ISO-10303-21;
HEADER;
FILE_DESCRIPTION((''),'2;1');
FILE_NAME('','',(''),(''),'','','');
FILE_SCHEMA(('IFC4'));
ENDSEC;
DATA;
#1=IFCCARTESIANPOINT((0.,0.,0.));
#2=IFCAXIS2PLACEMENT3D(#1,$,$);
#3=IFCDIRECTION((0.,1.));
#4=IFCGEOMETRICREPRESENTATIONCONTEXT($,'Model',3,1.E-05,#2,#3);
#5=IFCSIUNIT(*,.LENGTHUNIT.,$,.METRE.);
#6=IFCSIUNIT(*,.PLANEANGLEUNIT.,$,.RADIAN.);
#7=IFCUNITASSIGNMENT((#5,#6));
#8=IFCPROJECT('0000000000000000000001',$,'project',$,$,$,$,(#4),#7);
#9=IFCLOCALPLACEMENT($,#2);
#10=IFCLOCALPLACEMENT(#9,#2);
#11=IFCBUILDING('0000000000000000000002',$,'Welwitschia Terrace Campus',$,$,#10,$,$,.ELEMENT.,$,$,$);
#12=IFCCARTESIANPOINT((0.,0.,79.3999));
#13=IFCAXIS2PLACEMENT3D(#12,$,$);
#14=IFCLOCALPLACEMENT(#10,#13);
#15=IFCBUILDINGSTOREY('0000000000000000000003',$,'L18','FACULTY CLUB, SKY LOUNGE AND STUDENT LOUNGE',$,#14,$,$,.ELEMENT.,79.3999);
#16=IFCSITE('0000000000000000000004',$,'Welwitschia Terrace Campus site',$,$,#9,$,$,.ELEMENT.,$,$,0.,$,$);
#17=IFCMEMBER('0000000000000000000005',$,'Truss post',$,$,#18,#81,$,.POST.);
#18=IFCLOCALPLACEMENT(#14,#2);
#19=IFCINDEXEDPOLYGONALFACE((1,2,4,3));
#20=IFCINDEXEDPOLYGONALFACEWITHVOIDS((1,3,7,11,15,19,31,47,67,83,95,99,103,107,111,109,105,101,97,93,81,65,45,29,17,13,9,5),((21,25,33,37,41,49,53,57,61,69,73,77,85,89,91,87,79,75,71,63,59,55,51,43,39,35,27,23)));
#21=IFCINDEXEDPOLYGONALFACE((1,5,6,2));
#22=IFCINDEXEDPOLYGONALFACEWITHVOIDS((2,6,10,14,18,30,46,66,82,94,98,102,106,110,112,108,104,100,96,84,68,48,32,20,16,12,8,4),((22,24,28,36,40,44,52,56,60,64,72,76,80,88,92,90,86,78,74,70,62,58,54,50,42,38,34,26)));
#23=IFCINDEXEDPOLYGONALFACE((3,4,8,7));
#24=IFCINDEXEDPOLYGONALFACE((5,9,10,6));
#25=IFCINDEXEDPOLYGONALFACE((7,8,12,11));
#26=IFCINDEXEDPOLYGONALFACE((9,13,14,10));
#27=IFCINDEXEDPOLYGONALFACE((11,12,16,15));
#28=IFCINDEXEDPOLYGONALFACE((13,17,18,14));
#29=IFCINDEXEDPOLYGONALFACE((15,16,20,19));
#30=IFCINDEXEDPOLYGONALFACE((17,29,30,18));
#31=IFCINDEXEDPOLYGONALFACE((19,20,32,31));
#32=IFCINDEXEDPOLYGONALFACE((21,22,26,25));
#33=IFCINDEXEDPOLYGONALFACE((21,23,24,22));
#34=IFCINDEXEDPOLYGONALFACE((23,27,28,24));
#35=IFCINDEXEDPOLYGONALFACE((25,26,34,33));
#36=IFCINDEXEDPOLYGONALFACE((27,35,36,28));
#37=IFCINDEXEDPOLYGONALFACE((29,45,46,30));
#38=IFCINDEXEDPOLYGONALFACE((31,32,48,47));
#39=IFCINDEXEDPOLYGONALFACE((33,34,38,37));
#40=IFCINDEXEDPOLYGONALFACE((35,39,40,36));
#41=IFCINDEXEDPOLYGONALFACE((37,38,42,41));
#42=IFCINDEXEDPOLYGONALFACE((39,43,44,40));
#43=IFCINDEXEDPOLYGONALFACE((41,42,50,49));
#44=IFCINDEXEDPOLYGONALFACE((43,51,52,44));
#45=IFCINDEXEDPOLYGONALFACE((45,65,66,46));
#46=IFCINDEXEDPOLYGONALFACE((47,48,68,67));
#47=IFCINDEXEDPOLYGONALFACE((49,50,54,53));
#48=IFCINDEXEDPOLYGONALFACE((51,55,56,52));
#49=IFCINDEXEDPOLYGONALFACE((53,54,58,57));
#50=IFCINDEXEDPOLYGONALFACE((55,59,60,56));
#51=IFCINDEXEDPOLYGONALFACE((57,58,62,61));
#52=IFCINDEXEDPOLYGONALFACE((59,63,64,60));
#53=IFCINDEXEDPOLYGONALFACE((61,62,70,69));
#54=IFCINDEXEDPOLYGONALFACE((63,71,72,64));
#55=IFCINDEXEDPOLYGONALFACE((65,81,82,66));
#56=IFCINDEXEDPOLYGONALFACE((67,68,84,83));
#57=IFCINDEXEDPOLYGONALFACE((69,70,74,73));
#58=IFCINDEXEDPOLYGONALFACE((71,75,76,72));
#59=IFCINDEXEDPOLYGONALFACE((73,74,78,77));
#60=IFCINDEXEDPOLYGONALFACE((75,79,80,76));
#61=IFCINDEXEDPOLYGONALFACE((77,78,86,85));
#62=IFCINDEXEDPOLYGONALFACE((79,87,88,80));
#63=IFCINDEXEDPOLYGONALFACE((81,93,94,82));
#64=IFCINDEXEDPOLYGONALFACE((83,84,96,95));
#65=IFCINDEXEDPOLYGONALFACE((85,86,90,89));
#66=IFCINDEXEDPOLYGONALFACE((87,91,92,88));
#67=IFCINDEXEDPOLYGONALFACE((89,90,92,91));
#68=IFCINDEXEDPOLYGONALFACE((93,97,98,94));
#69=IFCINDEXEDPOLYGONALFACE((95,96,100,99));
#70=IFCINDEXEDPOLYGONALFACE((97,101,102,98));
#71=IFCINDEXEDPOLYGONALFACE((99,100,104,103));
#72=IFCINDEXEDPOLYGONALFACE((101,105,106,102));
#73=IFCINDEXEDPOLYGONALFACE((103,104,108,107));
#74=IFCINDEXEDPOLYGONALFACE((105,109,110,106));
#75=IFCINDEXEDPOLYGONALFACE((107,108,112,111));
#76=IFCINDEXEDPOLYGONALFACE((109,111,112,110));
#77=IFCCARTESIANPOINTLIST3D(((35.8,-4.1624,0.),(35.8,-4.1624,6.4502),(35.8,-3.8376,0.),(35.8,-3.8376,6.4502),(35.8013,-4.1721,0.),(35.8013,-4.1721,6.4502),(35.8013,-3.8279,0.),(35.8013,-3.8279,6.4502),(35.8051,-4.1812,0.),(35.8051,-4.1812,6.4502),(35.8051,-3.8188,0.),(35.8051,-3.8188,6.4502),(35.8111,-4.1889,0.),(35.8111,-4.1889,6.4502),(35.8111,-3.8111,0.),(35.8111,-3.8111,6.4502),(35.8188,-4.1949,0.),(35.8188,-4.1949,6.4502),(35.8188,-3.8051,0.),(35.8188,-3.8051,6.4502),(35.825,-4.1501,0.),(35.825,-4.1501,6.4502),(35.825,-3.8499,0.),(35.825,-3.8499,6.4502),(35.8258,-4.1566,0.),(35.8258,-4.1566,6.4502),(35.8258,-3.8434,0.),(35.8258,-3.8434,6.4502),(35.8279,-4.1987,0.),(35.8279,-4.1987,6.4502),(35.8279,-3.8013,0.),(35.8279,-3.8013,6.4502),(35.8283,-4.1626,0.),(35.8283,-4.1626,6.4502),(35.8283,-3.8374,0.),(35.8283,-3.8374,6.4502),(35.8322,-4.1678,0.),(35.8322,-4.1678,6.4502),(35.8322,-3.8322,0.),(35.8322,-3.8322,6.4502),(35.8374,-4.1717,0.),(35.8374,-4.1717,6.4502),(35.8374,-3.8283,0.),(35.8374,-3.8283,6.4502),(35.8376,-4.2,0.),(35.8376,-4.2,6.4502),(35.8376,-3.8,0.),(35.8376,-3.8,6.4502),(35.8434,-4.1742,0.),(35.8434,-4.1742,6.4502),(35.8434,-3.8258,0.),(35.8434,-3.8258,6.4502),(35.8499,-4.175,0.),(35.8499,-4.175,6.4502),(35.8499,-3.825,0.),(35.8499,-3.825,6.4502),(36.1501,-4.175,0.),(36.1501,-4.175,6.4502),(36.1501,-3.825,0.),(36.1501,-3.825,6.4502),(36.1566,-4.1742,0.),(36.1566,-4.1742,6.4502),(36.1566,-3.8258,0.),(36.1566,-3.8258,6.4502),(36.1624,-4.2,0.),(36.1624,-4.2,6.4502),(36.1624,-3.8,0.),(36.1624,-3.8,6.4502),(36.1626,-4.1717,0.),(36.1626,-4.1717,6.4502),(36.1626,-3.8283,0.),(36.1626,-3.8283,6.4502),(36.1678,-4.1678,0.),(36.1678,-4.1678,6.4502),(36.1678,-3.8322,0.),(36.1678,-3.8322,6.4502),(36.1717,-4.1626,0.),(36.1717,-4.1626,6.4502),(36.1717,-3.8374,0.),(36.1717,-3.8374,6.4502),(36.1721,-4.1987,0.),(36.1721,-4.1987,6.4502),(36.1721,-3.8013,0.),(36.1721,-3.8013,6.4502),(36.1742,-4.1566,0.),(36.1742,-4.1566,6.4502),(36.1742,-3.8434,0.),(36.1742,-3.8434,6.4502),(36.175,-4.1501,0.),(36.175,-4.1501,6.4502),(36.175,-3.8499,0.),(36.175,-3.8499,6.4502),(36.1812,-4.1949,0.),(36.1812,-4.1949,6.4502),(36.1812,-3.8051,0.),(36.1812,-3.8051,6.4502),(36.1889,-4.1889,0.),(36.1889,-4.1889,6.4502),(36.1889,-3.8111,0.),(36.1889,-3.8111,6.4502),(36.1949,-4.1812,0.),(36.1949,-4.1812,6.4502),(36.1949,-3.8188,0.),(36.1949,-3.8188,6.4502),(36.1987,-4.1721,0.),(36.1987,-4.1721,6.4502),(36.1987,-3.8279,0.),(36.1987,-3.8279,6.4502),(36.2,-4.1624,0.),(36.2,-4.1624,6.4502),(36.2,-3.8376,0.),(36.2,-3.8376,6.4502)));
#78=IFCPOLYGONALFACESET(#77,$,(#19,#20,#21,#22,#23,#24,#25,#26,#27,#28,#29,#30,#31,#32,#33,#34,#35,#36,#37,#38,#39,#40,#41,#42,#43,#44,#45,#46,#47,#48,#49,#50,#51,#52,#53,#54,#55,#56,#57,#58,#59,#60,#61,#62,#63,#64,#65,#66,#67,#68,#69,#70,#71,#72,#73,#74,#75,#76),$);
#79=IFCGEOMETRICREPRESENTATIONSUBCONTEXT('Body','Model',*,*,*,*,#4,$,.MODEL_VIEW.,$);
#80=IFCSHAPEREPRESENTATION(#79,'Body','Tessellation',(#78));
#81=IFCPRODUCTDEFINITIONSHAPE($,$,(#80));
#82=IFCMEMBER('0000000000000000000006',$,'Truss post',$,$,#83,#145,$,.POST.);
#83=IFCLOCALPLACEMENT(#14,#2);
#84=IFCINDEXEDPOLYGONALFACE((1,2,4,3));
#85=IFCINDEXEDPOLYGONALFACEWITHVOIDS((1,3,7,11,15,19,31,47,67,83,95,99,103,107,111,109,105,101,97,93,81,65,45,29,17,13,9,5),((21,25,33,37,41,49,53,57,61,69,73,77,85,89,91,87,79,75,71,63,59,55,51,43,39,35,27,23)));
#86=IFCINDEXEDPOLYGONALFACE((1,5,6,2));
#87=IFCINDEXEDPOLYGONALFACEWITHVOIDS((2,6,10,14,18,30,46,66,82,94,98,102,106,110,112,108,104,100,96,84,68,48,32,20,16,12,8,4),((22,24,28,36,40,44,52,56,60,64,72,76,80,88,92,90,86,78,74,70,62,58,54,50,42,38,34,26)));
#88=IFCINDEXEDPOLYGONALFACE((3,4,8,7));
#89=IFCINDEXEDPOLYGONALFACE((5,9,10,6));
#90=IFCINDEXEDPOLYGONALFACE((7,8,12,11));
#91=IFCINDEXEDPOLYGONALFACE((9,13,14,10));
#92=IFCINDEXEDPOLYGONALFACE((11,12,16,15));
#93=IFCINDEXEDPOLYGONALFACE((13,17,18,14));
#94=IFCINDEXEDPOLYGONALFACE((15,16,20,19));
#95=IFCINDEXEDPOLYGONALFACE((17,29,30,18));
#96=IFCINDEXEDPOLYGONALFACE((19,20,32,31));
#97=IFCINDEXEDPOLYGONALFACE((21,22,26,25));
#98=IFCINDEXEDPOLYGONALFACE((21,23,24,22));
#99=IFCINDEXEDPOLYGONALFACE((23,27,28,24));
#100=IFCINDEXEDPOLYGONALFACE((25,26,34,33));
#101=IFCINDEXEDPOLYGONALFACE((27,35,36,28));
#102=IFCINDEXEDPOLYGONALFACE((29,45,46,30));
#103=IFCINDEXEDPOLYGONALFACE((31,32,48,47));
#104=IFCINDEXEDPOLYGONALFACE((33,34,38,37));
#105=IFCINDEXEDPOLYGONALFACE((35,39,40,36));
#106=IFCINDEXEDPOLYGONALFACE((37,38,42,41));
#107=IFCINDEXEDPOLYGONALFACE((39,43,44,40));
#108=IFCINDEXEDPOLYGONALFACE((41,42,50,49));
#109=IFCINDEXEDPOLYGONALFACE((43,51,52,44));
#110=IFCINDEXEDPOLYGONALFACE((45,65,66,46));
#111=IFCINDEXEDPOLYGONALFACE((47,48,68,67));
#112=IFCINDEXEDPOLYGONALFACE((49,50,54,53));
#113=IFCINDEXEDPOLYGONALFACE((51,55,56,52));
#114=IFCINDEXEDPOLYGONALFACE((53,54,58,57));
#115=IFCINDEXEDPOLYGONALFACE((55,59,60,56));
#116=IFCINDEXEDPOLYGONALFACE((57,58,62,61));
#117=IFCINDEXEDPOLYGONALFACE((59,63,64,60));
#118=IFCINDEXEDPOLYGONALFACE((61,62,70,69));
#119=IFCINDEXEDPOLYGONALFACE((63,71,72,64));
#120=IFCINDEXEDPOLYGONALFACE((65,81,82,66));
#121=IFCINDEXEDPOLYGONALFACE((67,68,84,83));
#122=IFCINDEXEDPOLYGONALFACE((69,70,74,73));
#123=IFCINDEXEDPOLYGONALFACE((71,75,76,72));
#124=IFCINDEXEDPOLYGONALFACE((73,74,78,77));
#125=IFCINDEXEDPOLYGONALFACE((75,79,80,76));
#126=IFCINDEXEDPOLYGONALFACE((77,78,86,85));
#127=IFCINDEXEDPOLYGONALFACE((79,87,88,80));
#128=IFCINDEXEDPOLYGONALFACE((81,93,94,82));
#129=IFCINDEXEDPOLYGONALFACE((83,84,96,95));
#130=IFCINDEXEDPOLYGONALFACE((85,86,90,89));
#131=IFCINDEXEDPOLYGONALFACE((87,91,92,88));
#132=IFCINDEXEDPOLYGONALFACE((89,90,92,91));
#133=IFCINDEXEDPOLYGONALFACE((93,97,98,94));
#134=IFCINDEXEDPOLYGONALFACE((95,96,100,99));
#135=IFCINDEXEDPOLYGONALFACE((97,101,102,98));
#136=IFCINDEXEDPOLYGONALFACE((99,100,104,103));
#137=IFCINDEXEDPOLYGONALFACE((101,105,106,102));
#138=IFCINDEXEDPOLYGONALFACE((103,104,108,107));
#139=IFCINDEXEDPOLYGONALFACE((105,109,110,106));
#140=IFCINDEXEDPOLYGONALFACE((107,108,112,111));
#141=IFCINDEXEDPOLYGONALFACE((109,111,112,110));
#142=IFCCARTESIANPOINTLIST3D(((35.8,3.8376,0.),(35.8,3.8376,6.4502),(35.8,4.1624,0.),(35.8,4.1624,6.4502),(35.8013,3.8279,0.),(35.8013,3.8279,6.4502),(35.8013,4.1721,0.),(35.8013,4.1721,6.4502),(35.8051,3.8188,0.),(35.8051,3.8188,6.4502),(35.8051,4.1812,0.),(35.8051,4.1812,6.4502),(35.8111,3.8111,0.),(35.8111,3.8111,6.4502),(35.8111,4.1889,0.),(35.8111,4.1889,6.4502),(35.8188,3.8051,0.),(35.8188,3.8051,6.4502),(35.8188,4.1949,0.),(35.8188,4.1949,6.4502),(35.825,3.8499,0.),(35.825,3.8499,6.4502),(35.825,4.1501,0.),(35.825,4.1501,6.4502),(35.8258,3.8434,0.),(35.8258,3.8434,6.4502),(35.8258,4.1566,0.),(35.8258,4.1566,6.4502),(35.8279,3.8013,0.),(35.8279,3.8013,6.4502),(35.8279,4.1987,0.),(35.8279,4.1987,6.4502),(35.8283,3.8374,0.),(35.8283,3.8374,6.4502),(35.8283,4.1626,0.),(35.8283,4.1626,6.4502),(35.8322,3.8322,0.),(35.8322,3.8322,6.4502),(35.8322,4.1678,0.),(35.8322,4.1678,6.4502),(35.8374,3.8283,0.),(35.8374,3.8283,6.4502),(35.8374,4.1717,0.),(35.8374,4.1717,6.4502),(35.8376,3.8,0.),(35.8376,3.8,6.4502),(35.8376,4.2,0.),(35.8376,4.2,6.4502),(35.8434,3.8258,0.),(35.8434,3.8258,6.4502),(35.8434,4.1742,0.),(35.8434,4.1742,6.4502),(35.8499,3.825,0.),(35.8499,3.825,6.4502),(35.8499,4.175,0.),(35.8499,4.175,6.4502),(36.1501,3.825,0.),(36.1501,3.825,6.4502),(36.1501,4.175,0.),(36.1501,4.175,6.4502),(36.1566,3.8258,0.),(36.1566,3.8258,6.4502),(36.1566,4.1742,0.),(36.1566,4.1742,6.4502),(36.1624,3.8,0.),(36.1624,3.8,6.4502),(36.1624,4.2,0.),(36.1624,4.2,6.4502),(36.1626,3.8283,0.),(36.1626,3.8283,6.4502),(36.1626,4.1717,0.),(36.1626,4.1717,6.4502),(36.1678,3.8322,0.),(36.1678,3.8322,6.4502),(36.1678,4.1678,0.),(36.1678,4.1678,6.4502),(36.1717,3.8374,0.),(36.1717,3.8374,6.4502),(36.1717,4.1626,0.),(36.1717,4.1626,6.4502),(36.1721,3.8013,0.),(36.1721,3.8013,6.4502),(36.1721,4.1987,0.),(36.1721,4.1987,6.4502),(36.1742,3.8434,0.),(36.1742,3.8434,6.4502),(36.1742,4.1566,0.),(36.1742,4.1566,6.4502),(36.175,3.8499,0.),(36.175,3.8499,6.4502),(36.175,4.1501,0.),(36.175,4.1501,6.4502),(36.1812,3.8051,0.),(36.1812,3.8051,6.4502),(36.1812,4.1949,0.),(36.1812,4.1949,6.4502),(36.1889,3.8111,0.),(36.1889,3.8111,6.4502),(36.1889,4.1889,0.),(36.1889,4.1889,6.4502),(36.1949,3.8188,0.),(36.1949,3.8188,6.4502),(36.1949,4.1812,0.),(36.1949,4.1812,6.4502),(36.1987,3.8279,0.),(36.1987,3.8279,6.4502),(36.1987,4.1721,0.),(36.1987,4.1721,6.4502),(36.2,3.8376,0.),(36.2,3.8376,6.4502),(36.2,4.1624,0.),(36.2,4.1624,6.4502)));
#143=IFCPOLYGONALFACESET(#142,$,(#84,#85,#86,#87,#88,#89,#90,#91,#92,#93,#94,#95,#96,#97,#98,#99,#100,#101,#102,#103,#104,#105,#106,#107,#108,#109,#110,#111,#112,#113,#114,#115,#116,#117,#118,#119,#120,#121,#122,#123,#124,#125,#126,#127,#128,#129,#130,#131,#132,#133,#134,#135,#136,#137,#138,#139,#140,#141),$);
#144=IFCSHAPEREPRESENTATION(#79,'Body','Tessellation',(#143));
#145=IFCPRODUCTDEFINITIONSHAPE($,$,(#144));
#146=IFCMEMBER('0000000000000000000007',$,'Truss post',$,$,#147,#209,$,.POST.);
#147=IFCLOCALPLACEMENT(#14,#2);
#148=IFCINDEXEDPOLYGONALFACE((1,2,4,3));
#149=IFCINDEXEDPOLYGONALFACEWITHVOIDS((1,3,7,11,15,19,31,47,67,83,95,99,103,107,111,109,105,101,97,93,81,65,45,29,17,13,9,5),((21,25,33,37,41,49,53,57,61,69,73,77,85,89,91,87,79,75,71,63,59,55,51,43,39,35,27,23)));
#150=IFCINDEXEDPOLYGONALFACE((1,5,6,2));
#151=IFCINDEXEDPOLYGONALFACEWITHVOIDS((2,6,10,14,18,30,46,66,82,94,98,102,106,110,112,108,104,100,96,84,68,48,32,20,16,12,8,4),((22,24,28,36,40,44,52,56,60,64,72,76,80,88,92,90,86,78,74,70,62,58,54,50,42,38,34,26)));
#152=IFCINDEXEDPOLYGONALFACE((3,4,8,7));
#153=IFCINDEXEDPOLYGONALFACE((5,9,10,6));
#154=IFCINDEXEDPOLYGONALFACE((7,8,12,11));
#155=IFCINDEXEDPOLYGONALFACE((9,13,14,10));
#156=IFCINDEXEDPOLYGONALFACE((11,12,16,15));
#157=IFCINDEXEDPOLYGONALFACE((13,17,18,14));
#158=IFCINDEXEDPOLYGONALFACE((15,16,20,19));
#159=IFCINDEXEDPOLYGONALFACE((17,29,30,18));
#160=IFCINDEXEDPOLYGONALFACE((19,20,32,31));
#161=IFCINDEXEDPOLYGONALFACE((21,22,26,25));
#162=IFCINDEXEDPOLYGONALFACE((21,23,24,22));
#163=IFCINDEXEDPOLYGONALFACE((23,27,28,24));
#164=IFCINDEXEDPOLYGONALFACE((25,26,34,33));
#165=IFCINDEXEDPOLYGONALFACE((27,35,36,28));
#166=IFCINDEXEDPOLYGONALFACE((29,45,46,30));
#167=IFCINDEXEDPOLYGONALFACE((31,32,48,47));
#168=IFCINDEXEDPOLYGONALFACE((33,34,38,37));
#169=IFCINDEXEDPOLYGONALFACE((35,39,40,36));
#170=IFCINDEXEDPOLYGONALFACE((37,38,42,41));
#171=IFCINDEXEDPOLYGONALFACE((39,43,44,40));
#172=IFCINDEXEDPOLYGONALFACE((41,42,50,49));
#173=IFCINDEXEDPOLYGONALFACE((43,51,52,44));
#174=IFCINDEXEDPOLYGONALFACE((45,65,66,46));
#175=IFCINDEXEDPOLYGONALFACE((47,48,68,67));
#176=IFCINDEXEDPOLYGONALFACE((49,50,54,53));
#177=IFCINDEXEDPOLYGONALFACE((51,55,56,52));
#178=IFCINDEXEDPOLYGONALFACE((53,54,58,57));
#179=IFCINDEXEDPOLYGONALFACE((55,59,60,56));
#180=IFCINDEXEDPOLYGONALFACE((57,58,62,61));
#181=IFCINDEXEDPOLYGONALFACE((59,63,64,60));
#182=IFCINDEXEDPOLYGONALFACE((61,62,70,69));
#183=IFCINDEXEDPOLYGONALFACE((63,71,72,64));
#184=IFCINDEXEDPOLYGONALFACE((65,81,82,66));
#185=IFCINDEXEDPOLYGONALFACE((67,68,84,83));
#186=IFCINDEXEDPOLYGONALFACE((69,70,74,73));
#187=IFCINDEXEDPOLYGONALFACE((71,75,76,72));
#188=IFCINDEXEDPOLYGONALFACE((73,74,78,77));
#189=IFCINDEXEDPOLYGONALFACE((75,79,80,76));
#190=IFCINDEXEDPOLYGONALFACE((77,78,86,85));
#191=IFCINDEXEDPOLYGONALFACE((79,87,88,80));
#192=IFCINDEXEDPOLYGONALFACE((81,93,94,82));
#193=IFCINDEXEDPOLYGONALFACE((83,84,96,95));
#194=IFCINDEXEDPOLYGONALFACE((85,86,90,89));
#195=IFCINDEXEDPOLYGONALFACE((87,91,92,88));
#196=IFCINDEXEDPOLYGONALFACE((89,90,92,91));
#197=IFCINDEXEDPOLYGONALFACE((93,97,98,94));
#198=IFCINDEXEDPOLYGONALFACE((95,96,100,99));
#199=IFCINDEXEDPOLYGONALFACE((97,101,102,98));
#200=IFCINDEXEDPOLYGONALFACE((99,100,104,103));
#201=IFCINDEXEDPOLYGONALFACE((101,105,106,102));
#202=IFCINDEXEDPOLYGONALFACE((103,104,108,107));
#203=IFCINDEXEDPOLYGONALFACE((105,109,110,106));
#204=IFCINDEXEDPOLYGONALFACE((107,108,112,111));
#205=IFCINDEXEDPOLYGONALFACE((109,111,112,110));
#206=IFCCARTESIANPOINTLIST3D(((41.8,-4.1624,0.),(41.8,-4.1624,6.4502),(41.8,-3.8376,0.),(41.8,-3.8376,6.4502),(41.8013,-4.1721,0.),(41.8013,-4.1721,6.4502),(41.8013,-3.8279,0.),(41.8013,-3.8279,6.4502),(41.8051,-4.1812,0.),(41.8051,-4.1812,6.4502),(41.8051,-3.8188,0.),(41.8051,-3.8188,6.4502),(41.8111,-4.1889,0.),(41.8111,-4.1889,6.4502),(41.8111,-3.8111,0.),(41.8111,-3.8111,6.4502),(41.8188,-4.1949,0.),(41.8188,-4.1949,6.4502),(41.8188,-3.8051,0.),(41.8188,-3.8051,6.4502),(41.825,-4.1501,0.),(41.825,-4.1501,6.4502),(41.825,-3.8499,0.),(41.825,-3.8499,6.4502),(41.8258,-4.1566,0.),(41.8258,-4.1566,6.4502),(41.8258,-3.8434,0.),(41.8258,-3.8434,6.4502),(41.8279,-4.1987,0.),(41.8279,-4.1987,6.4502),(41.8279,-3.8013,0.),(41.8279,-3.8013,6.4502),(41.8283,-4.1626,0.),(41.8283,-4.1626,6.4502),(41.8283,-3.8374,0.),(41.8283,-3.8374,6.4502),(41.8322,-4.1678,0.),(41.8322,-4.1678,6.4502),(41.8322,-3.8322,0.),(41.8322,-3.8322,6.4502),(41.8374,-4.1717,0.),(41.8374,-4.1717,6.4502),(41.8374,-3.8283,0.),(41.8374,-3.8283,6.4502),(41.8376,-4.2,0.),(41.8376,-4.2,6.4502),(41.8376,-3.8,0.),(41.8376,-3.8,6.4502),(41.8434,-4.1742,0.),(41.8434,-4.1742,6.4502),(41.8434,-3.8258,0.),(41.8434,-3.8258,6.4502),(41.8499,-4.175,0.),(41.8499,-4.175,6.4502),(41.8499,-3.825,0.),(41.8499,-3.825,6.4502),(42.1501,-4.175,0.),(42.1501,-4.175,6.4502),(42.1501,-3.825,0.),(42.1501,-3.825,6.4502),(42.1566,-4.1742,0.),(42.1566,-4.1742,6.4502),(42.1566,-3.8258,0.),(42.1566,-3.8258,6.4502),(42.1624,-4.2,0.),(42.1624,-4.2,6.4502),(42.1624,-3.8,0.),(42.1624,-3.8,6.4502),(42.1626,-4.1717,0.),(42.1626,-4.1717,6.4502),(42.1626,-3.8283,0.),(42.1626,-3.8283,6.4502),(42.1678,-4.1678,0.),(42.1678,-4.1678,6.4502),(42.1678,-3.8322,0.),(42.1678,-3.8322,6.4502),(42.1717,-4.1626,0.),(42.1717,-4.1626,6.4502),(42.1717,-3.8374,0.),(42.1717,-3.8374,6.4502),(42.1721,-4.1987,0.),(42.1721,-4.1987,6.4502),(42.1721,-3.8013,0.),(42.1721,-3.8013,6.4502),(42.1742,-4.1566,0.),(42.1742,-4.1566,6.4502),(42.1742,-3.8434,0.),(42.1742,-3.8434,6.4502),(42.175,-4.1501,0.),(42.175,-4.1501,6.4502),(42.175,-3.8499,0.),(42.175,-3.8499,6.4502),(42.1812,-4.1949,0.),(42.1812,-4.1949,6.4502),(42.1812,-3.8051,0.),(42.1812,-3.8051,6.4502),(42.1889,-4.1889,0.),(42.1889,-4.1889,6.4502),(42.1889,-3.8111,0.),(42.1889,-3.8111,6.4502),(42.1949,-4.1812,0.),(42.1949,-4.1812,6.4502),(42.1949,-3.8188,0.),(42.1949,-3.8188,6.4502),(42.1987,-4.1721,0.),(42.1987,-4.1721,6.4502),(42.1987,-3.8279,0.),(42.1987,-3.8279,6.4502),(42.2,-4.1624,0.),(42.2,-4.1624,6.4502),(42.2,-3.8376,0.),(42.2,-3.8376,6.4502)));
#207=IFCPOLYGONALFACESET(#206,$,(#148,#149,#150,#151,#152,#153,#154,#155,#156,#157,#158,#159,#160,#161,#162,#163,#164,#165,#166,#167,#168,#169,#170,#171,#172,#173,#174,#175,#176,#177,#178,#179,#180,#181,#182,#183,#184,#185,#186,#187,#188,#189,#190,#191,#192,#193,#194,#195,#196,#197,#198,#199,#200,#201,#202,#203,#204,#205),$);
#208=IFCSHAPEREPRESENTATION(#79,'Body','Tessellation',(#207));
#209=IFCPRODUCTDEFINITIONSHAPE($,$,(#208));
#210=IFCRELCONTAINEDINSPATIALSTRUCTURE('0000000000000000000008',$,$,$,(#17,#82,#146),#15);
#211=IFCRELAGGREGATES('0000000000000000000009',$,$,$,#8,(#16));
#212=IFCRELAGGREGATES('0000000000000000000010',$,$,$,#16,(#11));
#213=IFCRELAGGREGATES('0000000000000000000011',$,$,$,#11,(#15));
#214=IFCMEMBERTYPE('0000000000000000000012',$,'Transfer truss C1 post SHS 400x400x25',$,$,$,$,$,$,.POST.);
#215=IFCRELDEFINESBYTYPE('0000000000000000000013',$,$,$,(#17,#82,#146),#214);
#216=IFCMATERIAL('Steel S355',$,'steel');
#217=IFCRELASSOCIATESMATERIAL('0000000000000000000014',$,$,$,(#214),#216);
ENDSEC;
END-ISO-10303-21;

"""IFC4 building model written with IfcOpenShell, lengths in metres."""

from ifc_helpers import new_model, si_unit, direction, frame, origin, origin_2d, place, context, subcontext, project, spatial, hollow_rectangle, extrude, material, material_profile, profile_set, type_object, element, save


model = new_model("IFC4")

# Units and contexts
model_context = context("Model", 3, precision=1e-05, world=origin(), true_north=direction((0.0, 1.0)))
body_context = subcontext(model_context, "Body", "Model", "MODEL_VIEW")
ifc_project = project(units=[si_unit("LENGTHUNIT", "METRE"), si_unit("PLANEANGLEUNIT", "RADIAN")], contexts=[model_context])

# Site, building, storey
site_placement = place(None, origin())
site = spatial("IfcSite", under=ifc_project, at=site_placement, Name="Welwitschia Terrace Campus site", CompositionType="ELEMENT", RefElevation=0.0)
building_placement = place(site_placement, origin())
building = spatial("IfcBuilding", under=site, at=building_placement, Name="Welwitschia Terrace Campus", CompositionType="ELEMENT")
storey_placement = place(building_placement, frame((0.0, 0.0, 79.3999)))
storey = spatial("IfcBuildingStorey", under=building, at=storey_placement, Name="L18", Description="FACULTY CLUB, SKY LOUNGE AND STUDENT LOUNGE", CompositionType="ELEMENT", Elevation=79.3999)

# Members
ifc_material_1 = material(Name="Steel S355", Category="steel")
ifc_material_profile_1 = material_profile(ifc_material_1, hollow_rectangle(XDim=0.3999, YDim=0.3999, WallThickness=0.0249, InnerFilletRadius=0.0249, OuterFilletRadius=0.0376, at=origin_2d()))
ifc_profile_set_1 = profile_set([ifc_material_profile_1], Name="Steel S355")
member_type_1 = type_object("IfcMemberType", Name="Transfer truss C1 post SHS 400x400x25", PredefinedType="POST", material=ifc_profile_set_1)
for number, where, z_axis, x_axis, name in (
    (1, (36.0, -4.0, 0.0), (0.0, 0.0, 1.0), (1.0, 0.0, 0.0), "Truss post"),
    (2, (36.0, 4.0, 0.0), (0.0, 0.0, 1.0), (1.0, 0.0, 0.0), "Truss post"),
    (3, (42.0, -4.0, 0.0), (0.0, 0.0, 1.0), (1.0, 0.0, 0.0), "Truss post"),
):
    element("IfcMember", number, at=place(storey_placement, frame(where, z_axis=z_axis, x_axis=x_axis)), inside=storey, type_object=member_type_1, Name=name, PredefinedType="POST", context=body_context, shape_type="SweptSolid", body=[
        extrude(hollow_rectangle(XDim=0.3999, YDim=0.3999, WallThickness=0.0249, InnerFilletRadius=0.0249, OuterFilletRadius=0.0376, at=origin_2d()), origin(), (0.0, 0.0, 1.0), 6.4502),
    ])

save(model, "model.ifc")
